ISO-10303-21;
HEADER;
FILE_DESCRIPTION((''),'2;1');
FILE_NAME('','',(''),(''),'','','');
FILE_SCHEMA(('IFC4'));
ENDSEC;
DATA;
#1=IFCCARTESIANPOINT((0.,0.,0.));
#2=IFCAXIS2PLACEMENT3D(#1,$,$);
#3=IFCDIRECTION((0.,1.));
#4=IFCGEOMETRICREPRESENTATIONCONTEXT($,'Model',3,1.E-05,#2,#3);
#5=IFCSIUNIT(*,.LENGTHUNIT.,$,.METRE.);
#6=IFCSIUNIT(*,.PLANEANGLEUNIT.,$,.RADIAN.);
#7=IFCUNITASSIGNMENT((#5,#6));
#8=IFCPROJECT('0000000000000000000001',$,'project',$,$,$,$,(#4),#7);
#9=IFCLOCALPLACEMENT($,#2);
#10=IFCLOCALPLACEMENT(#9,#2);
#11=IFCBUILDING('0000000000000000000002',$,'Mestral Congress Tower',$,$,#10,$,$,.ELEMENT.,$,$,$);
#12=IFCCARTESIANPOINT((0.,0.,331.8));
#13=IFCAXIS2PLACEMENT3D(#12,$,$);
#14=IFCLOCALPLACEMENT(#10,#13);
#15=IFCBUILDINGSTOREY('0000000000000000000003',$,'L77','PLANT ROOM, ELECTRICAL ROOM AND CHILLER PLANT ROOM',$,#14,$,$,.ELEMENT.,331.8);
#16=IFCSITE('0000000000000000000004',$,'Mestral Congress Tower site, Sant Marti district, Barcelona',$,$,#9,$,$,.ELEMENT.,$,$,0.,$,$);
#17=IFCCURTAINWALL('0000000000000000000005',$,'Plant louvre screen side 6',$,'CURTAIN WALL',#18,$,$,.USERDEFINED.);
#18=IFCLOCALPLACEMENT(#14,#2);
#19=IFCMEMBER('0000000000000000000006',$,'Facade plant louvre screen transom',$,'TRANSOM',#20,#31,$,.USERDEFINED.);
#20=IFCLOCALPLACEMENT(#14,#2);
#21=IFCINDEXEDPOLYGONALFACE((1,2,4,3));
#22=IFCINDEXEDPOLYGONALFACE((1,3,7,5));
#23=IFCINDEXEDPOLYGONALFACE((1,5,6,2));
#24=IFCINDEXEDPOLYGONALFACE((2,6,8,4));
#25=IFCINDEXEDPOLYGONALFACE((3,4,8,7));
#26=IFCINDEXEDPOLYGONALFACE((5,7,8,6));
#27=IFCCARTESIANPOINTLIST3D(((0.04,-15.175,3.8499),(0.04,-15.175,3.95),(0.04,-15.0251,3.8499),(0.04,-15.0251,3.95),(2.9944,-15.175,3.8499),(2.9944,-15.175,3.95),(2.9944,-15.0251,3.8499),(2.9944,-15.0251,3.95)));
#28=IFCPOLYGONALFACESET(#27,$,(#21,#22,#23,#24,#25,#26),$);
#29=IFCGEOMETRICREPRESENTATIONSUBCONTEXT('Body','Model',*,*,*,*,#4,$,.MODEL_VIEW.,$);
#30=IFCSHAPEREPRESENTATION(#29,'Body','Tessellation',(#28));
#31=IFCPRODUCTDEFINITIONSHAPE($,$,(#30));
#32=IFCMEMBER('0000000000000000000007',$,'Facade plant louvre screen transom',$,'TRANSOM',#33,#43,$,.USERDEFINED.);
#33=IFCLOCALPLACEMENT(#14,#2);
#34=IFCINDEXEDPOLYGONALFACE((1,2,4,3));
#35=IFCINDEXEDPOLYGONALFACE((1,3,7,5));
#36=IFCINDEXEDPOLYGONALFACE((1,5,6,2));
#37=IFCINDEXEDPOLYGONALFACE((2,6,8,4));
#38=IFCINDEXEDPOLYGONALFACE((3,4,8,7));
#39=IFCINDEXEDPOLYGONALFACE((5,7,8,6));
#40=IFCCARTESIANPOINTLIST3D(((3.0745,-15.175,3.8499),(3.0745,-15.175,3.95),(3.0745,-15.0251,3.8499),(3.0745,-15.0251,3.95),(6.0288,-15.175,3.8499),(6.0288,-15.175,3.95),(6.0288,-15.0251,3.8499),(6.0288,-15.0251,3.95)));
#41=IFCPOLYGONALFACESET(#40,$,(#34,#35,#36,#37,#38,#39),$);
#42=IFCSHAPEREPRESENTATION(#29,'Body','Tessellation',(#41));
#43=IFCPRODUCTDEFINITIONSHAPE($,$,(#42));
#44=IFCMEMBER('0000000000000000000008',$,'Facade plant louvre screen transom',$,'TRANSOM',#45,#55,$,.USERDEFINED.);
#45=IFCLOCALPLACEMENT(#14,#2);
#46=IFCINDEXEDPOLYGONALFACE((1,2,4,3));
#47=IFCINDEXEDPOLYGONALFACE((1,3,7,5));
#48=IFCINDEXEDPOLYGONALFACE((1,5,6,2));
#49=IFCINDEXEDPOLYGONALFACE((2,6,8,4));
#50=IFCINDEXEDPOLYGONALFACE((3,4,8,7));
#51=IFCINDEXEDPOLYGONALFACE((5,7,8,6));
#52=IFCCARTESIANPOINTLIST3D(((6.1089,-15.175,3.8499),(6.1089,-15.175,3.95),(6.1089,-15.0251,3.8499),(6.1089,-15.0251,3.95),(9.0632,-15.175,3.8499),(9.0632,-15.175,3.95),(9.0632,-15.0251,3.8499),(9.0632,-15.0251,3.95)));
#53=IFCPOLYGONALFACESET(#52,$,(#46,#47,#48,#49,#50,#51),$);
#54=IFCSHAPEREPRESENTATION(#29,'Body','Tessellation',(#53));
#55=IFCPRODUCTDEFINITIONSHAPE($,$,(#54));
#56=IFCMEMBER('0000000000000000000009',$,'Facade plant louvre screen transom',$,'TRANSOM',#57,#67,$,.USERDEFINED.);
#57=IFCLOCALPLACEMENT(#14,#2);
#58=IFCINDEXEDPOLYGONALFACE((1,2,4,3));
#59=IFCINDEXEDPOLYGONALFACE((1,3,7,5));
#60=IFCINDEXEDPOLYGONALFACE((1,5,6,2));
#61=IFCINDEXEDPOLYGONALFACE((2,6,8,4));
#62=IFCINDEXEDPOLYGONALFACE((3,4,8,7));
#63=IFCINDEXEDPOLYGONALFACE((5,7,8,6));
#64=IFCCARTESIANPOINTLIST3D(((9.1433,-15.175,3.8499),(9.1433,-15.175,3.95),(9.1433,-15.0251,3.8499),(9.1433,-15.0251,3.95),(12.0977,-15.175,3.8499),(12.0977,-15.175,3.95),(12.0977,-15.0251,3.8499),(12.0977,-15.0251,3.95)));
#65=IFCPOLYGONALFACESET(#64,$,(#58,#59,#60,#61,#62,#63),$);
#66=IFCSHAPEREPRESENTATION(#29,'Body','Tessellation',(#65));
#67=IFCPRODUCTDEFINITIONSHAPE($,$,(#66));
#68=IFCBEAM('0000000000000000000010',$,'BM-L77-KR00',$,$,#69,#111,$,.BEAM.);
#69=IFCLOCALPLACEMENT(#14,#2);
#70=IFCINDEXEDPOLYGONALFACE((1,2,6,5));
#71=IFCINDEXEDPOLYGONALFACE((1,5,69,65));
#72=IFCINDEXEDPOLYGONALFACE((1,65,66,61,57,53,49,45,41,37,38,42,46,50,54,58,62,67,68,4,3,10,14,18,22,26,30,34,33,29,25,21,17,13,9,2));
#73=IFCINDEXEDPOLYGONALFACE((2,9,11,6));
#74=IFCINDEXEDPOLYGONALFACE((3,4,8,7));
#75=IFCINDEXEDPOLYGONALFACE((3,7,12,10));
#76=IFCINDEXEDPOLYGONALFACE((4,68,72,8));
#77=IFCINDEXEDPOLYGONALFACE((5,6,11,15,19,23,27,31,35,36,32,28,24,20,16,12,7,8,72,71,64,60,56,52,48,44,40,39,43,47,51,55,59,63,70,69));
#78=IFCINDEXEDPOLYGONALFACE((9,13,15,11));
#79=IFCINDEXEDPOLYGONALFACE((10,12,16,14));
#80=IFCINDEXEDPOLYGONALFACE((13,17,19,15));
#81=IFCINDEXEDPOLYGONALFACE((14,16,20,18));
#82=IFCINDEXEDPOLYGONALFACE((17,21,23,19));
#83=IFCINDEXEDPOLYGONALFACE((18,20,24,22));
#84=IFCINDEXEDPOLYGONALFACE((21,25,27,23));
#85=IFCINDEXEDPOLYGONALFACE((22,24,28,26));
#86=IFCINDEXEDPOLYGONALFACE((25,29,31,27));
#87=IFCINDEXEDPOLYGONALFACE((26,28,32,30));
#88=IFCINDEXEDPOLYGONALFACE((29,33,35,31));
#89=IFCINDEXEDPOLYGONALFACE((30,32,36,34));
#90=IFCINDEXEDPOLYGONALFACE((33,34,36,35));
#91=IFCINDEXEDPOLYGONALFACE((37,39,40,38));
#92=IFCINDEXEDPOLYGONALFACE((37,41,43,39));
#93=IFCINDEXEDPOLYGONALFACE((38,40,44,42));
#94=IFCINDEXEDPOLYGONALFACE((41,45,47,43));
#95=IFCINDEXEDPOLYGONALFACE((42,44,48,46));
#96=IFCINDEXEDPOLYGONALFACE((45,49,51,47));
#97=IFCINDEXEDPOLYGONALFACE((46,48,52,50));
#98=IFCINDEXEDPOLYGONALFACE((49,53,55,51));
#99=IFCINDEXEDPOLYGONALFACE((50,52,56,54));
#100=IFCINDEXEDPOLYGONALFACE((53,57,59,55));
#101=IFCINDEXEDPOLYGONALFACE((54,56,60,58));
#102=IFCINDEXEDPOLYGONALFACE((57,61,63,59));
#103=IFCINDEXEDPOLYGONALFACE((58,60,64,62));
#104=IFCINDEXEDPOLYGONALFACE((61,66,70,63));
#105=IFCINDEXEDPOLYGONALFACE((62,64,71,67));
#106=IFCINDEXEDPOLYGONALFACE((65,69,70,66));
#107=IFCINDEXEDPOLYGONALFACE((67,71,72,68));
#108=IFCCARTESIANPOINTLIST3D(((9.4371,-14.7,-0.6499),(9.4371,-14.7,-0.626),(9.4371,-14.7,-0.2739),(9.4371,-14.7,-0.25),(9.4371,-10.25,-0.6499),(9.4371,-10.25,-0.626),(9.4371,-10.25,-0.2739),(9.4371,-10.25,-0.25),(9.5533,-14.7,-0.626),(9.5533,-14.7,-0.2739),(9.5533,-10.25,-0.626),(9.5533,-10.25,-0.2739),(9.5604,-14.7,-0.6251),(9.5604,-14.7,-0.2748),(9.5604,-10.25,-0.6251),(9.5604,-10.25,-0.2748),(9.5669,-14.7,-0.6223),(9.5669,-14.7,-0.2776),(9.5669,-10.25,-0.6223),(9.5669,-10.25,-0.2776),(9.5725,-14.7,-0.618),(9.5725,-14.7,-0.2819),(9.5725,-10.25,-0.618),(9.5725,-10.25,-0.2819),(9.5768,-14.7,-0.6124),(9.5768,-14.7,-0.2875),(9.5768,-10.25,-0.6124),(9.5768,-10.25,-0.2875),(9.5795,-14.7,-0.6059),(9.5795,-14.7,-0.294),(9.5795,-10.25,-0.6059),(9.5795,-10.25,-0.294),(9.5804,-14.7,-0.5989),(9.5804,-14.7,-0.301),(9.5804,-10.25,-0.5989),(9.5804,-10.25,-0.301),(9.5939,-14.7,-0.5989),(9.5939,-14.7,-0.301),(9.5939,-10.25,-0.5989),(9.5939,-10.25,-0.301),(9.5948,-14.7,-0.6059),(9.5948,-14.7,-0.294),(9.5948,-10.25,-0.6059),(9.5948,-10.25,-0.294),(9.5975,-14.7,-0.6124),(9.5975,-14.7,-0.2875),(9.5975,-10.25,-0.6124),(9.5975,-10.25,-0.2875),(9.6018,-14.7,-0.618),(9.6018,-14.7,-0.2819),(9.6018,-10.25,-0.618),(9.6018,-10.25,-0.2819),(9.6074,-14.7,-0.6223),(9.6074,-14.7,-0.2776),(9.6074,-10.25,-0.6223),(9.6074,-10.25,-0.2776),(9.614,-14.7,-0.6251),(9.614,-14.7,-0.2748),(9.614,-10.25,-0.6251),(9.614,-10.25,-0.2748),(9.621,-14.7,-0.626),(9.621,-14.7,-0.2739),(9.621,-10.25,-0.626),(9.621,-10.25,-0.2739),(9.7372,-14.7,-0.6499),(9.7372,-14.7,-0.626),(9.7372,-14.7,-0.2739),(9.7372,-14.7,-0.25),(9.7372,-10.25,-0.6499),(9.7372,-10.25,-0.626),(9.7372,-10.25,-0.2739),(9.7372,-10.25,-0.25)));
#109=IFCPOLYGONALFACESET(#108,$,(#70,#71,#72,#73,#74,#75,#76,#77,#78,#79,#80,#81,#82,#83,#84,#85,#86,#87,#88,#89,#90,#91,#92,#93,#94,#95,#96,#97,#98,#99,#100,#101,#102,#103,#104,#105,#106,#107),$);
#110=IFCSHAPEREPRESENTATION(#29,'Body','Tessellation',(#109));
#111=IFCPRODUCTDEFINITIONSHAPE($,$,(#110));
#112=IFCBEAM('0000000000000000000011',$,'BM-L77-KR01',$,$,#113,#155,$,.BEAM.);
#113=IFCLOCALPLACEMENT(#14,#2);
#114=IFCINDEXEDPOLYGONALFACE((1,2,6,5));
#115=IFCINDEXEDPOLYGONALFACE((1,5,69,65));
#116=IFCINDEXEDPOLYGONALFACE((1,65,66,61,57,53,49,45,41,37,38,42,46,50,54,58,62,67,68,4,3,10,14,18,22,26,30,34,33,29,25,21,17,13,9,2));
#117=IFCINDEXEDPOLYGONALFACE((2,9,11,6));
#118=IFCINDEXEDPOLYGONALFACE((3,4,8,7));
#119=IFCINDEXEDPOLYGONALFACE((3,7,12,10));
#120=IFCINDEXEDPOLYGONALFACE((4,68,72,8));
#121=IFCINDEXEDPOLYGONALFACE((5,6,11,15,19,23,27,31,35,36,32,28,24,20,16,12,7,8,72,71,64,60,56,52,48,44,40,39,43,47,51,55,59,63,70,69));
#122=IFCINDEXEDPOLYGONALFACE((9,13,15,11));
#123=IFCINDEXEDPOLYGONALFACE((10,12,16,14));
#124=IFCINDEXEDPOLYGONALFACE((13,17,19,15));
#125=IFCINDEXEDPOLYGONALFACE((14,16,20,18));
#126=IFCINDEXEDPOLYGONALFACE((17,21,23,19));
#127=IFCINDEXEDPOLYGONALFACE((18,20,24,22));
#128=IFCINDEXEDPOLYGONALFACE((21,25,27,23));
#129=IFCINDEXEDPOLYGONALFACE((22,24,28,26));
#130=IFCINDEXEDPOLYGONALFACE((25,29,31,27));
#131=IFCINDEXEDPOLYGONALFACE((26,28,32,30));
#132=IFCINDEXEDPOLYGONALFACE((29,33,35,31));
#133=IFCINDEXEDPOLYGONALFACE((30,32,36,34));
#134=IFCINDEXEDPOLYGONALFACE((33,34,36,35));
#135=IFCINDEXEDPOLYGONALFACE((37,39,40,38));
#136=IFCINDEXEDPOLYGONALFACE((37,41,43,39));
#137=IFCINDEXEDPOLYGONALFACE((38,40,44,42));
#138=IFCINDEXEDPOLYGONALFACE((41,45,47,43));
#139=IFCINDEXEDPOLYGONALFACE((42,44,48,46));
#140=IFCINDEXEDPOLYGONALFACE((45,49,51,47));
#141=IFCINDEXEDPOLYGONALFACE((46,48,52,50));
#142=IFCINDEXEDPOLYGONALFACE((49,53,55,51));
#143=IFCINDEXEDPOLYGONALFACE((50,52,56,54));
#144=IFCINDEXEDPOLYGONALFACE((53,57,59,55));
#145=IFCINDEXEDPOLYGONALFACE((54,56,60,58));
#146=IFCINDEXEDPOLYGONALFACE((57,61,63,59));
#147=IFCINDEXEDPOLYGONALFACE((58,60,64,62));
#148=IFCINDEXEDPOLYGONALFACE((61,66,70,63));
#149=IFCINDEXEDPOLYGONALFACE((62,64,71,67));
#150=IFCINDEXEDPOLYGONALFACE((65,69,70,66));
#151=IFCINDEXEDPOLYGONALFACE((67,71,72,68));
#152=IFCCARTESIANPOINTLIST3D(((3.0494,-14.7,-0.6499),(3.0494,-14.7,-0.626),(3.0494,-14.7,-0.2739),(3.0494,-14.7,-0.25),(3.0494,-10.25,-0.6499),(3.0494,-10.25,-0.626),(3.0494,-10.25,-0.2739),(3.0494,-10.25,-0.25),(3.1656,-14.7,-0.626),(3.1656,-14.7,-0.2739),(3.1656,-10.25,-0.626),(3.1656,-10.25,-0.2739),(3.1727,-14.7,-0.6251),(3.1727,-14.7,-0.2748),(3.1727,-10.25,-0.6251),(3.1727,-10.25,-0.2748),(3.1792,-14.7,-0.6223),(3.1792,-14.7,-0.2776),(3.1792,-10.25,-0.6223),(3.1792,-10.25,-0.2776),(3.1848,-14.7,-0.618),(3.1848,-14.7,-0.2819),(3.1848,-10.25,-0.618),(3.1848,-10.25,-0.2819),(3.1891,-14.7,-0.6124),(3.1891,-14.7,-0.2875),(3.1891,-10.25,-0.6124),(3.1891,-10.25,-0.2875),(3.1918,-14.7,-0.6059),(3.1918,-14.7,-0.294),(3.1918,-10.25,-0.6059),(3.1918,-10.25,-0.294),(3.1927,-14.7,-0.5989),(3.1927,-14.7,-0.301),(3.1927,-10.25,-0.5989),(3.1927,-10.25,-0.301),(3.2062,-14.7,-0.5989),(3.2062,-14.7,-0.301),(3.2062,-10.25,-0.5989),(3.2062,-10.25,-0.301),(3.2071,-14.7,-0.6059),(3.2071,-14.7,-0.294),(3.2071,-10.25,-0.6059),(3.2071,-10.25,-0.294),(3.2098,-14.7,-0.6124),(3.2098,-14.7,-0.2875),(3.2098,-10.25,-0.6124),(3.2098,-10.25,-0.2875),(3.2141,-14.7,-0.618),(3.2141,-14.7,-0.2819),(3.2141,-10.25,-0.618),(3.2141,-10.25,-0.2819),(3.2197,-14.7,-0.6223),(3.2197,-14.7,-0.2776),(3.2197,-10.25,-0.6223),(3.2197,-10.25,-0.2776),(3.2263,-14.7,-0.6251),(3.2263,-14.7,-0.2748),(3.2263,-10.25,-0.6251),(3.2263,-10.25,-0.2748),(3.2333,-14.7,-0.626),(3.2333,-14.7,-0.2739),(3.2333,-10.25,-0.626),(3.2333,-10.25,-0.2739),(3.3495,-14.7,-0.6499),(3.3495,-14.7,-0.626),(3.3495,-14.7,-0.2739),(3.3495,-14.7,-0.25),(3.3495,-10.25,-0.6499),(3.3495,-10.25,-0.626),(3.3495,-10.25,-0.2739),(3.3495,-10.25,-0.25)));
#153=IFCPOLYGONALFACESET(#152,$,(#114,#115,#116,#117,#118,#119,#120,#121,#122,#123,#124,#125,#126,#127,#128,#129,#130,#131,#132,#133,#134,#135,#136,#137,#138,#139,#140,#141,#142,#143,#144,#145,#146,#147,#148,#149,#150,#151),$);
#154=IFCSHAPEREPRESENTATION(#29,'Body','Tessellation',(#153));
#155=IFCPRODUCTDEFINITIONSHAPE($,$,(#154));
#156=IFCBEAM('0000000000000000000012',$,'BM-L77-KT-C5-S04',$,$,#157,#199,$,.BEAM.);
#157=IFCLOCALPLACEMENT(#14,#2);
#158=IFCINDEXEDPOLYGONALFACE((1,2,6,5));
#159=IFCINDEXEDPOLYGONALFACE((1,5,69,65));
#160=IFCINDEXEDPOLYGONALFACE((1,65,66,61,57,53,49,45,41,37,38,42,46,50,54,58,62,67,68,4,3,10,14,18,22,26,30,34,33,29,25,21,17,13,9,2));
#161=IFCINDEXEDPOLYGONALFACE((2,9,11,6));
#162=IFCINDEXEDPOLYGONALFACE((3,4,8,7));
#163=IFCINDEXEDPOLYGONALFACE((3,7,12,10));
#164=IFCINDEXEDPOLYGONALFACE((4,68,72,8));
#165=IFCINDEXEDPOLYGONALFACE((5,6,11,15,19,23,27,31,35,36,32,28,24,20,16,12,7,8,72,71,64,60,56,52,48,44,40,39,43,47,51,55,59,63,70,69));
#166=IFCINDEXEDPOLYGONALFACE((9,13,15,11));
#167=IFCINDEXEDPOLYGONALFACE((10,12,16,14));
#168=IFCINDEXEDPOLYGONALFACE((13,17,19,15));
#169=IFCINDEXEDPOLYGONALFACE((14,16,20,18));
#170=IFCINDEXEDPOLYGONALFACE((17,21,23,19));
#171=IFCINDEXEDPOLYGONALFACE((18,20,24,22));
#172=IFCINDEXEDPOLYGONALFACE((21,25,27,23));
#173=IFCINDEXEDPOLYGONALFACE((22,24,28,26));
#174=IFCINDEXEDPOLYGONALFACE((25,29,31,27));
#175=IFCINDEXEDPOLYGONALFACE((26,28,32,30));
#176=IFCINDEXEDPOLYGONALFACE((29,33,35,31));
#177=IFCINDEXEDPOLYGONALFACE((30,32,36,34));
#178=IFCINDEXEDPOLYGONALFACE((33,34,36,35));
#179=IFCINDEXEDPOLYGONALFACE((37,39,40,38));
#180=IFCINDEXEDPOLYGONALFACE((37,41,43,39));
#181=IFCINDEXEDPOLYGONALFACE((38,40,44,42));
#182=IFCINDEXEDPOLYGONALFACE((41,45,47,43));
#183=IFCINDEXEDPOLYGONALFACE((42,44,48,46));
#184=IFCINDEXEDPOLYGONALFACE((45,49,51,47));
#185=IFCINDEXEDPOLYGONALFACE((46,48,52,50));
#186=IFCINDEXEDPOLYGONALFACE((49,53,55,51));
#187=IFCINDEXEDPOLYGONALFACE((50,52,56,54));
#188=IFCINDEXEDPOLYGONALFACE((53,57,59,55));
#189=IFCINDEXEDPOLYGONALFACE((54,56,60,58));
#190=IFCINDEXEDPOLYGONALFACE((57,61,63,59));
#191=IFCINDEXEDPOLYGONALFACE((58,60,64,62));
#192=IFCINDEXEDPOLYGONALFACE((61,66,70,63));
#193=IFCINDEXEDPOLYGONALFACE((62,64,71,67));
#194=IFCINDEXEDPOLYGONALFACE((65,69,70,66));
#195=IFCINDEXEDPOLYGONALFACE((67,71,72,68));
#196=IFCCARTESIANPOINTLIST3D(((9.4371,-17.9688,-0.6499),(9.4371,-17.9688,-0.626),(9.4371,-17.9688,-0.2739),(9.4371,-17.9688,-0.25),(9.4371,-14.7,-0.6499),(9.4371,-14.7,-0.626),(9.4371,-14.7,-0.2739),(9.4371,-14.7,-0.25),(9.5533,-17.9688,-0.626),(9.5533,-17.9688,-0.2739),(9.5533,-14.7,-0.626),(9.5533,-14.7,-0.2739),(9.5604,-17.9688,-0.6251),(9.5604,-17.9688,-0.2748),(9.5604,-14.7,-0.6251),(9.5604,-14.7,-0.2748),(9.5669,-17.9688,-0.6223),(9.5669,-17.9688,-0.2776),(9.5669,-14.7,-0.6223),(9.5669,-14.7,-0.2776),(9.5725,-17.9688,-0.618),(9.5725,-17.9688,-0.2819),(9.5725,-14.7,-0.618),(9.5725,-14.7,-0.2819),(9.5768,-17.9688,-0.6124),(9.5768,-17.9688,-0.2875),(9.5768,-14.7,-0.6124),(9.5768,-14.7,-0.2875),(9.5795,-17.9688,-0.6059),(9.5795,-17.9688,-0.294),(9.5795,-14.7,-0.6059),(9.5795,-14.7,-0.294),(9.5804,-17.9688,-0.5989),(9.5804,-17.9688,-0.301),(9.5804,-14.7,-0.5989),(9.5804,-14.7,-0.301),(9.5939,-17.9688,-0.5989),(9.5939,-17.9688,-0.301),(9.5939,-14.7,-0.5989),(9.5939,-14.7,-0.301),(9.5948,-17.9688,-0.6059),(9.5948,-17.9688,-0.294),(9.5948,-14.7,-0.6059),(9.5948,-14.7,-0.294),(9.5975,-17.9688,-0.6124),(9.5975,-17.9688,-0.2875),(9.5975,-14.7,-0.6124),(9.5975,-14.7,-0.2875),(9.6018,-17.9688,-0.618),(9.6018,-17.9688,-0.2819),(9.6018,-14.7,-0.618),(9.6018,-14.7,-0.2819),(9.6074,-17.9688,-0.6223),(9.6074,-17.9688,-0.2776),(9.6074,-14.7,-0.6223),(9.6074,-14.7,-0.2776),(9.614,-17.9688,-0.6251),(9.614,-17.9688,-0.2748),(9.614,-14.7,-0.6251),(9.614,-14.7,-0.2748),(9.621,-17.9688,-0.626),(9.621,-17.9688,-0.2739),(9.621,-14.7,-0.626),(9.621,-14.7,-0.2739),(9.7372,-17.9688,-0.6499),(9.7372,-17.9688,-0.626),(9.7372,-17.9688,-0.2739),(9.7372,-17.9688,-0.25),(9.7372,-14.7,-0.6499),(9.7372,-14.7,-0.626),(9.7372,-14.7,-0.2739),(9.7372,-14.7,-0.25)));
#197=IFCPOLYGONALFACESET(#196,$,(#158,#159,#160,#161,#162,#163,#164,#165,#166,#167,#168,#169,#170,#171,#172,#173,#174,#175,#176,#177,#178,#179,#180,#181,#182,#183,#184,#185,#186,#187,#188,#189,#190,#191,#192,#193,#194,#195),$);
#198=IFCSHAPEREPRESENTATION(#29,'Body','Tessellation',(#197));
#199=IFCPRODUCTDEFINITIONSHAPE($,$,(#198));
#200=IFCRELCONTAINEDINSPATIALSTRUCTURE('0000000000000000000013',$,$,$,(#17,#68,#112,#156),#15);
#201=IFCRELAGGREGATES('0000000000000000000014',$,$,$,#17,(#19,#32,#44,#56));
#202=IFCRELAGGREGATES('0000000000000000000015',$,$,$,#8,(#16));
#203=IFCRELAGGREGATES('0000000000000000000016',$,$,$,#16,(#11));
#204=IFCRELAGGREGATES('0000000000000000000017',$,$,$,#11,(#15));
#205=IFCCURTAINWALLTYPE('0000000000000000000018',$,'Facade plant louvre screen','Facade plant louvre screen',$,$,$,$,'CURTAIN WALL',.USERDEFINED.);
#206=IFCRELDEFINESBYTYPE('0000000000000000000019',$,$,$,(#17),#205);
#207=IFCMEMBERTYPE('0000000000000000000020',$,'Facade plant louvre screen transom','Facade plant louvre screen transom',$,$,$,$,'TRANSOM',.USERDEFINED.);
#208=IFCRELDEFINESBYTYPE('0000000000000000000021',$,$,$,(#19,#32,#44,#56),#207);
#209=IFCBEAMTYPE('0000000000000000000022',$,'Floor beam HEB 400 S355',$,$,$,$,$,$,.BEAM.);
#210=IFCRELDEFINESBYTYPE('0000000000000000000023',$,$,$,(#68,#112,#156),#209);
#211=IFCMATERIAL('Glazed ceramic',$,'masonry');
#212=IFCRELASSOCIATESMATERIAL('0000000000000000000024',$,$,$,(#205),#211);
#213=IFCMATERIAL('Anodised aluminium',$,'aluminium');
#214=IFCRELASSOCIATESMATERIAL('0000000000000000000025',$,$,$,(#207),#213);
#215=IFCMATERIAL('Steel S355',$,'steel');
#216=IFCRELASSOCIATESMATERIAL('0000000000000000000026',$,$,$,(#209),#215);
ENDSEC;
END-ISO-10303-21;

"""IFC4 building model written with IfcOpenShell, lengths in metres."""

from ifc_helpers import new_model, si_unit, direction, frame, origin, origin_2d, place, context, subcontext, project, spatial, rectangle, i_section, extrude, material, material_profile, profile_set, type_object, element, aggregate, save


model = new_model("IFC4")

# Units and contexts
model_context = context("Model", 3, precision=1e-05, world=origin(), true_north=direction((0.0, 1.0)))
body_context = subcontext(model_context, "Body", "Model", "MODEL_VIEW")
ifc_project = project(units=[si_unit("LENGTHUNIT", "METRE"), si_unit("PLANEANGLEUNIT", "RADIAN")], contexts=[model_context])

# Site, building, storey
site_placement = place(None, origin())
site = spatial("IfcSite", under=ifc_project, at=site_placement, Name="Mestral Congress Tower site, Sant Marti district, Barcelona", CompositionType="ELEMENT", RefElevation=0.0)
building_placement = place(site_placement, origin())
building = spatial("IfcBuilding", under=site, at=building_placement, Name="Mestral Congress Tower", CompositionType="ELEMENT")
storey_placement = place(building_placement, frame((0.0, 0.0, 331.8)))
storey = spatial("IfcBuildingStorey", under=building, at=storey_placement, Name="L77", Description="PLANT ROOM, ELECTRICAL ROOM AND CHILLER PLANT ROOM", CompositionType="ELEMENT", Elevation=331.8)

# Shared definitions
ifc_material_1 = material(Name="Steel S355", Category="steel")

# Shared definitions
ifc_material_2 = material(Name="Glazed ceramic", Category="masonry")
curtain_wall_type = type_object("IfcCurtainWallType", Name="Facade plant louvre screen", Description="Facade plant louvre screen", ElementType="CURTAIN WALL", PredefinedType="USERDEFINED", material=ifc_material_2)
placement = place(storey_placement, origin())
ifc_material_3 = material(Name="Anodised aluminium", Category="aluminium")

# Curtain wall, members
curtain_wall_1 = element("IfcCurtainWall", 1, at=placement, inside=storey, type_object=curtain_wall_type, Name="Plant louvre screen side 6", ObjectType="CURTAIN WALL", PredefinedType="USERDEFINED")
ifc_material_profile_1 = material_profile(ifc_material_3, rectangle(XDim=0.1499, YDim=0.1001, at=origin_2d()), Name="CW6 transom 150 x 100")
ifc_profile_set_1 = profile_set([ifc_material_profile_1], Name="Anodised aluminium")
member_type_1 = type_object("IfcMemberType", Name="Facade plant louvre screen transom", Description="Facade plant louvre screen transom", ElementType="TRANSOM", PredefinedType="USERDEFINED", material=ifc_profile_set_1)
member_1_placement = place(storey_placement, frame((0.04, -15.1001, 3.8999), z_axis=(1.0, 0.0, 0.0), x_axis=(0.0, 1.0, 0.0)))
member_1 = element("IfcMember", 2, at=member_1_placement, type_object=member_type_1, Name="Facade plant louvre screen transom", ObjectType="TRANSOM", PredefinedType="USERDEFINED", context=body_context, shape_type="SweptSolid", body=[
    extrude(rectangle(XDim=0.1499, YDim=0.1001, at=origin_2d()), origin(), (0.0, 0.0, 1.0), 2.9543),
])
member_2_placement = place(storey_placement, frame((3.0745, -15.1001, 3.8999), z_axis=(1.0, 0.0, 0.0), x_axis=(0.0, 1.0, 0.0)))
member_2 = element("IfcMember", 3, at=member_2_placement, type_object=member_type_1, Name="Facade plant louvre screen transom", ObjectType="TRANSOM", PredefinedType="USERDEFINED", context=body_context, shape_type="SweptSolid", body=[
    extrude(rectangle(XDim=0.1499, YDim=0.1001, at=origin_2d()), origin(), (0.0, 0.0, 1.0), 2.9543),
])
member_3_placement = place(storey_placement, frame((6.1089, -15.1001, 3.8999), z_axis=(1.0, 0.0, 0.0), x_axis=(0.0, 1.0, 0.0)))
member_3 = element("IfcMember", 4, at=member_3_placement, type_object=member_type_1, Name="Facade plant louvre screen transom", ObjectType="TRANSOM", PredefinedType="USERDEFINED", context=body_context, shape_type="SweptSolid", body=[
    extrude(rectangle(XDim=0.1499, YDim=0.1001, at=origin_2d()), origin(), (0.0, 0.0, 1.0), 2.9543),
])
member_4_placement = place(storey_placement, frame((9.1433, -15.1001, 3.8999), z_axis=(1.0, 0.0, 0.0), x_axis=(0.0, 1.0, 0.0)))
member_4 = element("IfcMember", 5, at=member_4_placement, type_object=member_type_1, Name="Facade plant louvre screen transom", ObjectType="TRANSOM", PredefinedType="USERDEFINED", context=body_context, shape_type="SweptSolid", body=[
    extrude(rectangle(XDim=0.1499, YDim=0.1001, at=origin_2d()), origin(), (0.0, 0.0, 1.0), 2.9543),
])

# Beams
ifc_material_profile_2 = material_profile(ifc_material_1, i_section(OverallWidth=0.3, OverallDepth=0.3999, WebThickness=0.0134, FlangeThickness=0.0239, FilletRadius=0.0271, at=origin_2d()), Name="HEB 400")
ifc_profile_set_2 = profile_set([ifc_material_profile_2], Name="Steel S355")
beam_type_1 = type_object("IfcBeamType", Name="Floor beam HEB 400 S355", PredefinedType="BEAM", material=ifc_profile_set_2)
for number, where, z_axis, x_axis, name in (
    (6, (9.5872, -10.25, -0.45), (0.0, -1.0, 0.0), (1.0, 0.0, 0.0), "BM-L77-KR00"),
    (7, (3.1995, -10.25, -0.45), (0.0, -1.0, 0.0), (1.0, 0.0, 0.0), "BM-L77-KR01"),
):
    element("IfcBeam", number, at=place(storey_placement, frame(where, z_axis=z_axis, x_axis=x_axis)), inside=storey, type_object=beam_type_1, Name=name, PredefinedType="BEAM", context=body_context, shape_type="SweptSolid", body=[
        extrude(i_section(OverallWidth=0.3, OverallDepth=0.3999, WebThickness=0.0134, FlangeThickness=0.0239, FilletRadius=0.0271, at=origin_2d()), origin(), (0.0, 0.0, 1.0), 4.45),
    ])
beam_1_placement = place(storey_placement, frame((9.5872, -17.9688, -0.45), z_axis=(0.0, 1.0, 0.0), x_axis=(-1.0, 0.0, 0.0)))
element("IfcBeam", 8, at=beam_1_placement, inside=storey, type_object=beam_type_1, Name="BM-L77-KT-C5-S04", PredefinedType="BEAM", context=body_context, shape_type="SweptSolid", body=[
    extrude(i_section(OverallWidth=0.3, OverallDepth=0.3999, WebThickness=0.0134, FlangeThickness=0.0239, FilletRadius=0.0271, at=origin_2d()), origin(), (0.0, 0.0, 1.0), 3.2688),
])

aggregate(curtain_wall_1, [member_1, member_2, member_3, member_4])

save(model, "model.ifc")
